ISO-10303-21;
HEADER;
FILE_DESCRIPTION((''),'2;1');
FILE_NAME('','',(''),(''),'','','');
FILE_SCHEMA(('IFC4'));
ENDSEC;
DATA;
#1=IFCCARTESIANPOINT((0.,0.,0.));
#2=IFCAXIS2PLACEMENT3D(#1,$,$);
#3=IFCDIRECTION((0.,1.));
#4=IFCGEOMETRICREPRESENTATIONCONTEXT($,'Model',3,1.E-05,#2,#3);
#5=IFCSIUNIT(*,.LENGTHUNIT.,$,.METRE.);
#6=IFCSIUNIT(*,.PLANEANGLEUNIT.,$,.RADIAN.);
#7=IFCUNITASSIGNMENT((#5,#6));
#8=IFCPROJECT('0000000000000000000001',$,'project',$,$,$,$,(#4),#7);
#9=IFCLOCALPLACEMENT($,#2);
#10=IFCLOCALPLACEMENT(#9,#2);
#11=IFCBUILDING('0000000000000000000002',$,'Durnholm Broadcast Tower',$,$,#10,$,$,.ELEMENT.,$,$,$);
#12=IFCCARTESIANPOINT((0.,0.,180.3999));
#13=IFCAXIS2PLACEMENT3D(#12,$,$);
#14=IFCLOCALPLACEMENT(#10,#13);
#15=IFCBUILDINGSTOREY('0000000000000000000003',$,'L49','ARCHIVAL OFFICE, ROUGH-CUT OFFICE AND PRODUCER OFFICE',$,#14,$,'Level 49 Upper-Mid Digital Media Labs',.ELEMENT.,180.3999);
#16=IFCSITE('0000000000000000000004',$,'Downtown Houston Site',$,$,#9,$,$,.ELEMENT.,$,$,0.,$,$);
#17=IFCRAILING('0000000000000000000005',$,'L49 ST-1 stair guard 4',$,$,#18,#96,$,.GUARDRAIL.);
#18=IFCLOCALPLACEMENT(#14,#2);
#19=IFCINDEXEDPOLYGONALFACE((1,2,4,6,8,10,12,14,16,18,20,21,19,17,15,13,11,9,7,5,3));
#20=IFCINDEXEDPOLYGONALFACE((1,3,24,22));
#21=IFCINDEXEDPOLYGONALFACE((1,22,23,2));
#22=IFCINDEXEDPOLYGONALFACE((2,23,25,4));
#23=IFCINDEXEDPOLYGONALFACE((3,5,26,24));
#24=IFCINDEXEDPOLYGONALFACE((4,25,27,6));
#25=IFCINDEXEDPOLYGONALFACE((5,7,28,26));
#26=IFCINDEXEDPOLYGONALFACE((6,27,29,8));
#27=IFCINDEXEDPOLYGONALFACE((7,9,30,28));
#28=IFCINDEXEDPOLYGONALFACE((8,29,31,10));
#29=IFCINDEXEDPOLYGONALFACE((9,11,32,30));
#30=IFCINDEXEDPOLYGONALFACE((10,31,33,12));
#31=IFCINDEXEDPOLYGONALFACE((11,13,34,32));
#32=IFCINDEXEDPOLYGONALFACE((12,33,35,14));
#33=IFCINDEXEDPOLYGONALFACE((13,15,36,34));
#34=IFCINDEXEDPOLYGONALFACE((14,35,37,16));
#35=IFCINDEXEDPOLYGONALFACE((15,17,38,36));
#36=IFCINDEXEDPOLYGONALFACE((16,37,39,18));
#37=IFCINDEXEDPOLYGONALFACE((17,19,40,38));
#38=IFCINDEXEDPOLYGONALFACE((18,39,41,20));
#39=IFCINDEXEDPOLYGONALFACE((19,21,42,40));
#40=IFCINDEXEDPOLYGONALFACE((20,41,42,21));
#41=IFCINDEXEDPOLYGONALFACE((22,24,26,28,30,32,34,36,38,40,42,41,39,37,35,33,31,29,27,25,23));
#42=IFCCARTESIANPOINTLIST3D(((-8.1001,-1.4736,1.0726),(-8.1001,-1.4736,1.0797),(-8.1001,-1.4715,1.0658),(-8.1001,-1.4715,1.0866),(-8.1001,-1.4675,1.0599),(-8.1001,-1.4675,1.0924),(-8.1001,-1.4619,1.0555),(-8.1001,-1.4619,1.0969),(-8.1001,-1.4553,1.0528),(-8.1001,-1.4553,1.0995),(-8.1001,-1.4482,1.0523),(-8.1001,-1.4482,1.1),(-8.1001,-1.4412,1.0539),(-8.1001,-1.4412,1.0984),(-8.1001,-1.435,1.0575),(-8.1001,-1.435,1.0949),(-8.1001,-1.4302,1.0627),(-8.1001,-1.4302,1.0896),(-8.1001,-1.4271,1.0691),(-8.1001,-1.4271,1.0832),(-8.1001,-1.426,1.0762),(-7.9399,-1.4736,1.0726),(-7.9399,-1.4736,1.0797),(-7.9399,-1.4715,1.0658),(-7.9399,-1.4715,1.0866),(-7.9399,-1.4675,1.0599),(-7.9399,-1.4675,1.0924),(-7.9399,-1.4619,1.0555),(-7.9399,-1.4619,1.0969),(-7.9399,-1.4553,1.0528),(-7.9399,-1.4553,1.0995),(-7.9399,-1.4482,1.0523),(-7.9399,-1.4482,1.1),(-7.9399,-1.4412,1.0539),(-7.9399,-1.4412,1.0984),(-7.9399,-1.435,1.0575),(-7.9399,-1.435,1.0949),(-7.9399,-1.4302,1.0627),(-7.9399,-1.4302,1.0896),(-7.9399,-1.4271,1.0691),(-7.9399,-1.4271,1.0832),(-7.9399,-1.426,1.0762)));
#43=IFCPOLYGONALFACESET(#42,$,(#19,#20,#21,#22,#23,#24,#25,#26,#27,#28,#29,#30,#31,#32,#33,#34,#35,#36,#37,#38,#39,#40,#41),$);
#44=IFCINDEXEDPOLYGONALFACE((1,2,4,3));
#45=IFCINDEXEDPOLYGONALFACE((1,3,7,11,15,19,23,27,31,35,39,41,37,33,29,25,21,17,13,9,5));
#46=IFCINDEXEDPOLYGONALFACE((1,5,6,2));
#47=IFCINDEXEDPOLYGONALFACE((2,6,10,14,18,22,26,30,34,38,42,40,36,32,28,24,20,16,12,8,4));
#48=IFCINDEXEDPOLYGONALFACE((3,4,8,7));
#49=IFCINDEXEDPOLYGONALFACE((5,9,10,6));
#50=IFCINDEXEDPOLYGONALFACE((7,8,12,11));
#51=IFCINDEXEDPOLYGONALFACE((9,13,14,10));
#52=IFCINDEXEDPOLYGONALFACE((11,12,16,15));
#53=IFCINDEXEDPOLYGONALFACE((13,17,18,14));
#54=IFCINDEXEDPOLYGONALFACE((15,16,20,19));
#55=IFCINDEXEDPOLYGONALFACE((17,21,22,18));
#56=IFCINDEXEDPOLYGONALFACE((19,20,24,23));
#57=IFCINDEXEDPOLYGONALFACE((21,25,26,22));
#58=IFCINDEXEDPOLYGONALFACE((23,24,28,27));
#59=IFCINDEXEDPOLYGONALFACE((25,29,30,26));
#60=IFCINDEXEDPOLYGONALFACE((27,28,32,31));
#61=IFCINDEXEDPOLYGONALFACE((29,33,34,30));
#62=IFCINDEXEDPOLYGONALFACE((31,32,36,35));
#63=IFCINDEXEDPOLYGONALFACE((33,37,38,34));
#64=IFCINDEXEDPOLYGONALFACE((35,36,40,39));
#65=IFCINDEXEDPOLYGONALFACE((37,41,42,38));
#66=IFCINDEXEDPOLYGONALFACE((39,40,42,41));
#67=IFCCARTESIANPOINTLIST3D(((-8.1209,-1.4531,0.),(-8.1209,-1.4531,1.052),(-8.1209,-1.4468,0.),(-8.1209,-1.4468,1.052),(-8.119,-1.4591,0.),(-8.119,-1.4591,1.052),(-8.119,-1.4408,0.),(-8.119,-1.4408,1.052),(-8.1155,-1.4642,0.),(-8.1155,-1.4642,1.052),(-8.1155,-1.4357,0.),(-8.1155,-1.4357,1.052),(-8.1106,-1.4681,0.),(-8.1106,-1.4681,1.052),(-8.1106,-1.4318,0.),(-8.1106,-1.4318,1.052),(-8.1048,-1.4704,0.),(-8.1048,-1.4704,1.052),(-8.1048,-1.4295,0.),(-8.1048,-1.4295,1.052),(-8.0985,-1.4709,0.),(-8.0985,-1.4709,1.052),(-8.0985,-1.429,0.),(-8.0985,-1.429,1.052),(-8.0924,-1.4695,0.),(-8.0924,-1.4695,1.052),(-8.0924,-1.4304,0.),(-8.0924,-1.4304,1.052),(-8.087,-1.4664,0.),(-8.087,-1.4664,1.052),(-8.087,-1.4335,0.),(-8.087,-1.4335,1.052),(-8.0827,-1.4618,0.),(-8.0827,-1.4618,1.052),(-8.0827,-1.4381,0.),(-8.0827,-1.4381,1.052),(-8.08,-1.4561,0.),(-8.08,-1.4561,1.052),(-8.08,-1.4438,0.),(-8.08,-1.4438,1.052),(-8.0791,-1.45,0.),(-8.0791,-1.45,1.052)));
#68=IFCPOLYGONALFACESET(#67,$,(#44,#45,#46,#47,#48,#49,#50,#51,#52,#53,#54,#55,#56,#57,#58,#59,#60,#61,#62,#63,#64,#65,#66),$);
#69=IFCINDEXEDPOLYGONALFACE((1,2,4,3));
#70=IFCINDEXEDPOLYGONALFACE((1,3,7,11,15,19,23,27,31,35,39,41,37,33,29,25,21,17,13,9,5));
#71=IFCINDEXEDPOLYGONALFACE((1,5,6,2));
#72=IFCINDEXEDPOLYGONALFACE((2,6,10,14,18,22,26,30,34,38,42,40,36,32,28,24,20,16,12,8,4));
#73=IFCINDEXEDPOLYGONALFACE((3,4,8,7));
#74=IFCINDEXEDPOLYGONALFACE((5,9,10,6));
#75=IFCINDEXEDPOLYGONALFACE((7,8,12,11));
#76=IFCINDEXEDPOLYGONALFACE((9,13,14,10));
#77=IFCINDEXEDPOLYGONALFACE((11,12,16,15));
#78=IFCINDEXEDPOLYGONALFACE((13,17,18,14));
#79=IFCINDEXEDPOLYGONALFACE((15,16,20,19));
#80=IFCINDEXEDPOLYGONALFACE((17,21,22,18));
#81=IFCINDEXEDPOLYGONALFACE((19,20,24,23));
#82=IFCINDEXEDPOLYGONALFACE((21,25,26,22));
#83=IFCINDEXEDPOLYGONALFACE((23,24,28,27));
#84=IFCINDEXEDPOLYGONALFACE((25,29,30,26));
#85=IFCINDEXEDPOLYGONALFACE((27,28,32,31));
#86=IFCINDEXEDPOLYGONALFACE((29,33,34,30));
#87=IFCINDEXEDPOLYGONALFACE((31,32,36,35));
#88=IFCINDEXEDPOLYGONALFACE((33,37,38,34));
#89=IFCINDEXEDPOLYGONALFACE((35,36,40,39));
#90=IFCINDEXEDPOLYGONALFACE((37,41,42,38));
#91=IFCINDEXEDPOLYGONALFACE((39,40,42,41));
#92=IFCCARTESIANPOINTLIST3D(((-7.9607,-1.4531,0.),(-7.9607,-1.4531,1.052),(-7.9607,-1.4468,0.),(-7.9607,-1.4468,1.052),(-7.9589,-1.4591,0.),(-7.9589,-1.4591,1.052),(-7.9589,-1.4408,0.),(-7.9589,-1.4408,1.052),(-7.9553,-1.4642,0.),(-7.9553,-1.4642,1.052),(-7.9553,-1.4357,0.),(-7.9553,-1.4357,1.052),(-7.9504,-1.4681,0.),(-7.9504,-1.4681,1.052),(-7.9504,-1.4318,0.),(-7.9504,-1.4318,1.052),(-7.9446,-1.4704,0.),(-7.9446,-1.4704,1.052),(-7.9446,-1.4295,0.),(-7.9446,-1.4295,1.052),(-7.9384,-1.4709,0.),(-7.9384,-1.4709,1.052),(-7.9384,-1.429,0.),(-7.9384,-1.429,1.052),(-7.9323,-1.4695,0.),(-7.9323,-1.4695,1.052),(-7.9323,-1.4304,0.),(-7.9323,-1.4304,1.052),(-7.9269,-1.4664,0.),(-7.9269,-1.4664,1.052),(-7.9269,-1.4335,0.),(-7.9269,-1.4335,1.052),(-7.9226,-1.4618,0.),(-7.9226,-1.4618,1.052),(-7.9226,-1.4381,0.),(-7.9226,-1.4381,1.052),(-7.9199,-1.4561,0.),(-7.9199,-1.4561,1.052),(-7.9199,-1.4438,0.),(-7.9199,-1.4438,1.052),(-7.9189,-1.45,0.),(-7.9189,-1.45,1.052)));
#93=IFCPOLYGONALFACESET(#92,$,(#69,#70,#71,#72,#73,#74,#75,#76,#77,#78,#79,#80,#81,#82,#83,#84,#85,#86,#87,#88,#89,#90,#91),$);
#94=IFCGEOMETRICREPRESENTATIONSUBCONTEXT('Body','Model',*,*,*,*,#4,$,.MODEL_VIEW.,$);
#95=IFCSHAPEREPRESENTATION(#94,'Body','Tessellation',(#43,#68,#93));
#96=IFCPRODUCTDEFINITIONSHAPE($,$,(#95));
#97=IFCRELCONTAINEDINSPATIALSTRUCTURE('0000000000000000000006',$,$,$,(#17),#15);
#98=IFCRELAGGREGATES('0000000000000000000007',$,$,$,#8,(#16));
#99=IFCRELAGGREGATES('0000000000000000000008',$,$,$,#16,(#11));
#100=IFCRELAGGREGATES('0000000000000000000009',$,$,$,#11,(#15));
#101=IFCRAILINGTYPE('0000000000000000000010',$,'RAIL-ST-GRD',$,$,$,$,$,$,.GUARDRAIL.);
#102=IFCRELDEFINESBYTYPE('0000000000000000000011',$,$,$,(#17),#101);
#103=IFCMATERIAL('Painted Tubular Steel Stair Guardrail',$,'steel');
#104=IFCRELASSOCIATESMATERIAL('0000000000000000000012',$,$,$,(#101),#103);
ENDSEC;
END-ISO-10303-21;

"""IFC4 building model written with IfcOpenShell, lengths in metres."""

from ifc_helpers import new_model, si_unit, direction, frame, origin, origin_2d, place, context, subcontext, project, spatial, circle, extrude, material, type_object, element, save


model = new_model("IFC4")

# Units and contexts
model_context = context("Model", 3, precision=1e-05, world=origin(), true_north=direction((0.0, 1.0)))
body_context = subcontext(model_context, "Body", "Model", "MODEL_VIEW")
ifc_project = project(units=[si_unit("LENGTHUNIT", "METRE"), si_unit("PLANEANGLEUNIT", "RADIAN")], contexts=[model_context])

# Site, building, storey
site_placement = place(None, origin())
site = spatial("IfcSite", under=ifc_project, at=site_placement, Name="Downtown Houston Site", CompositionType="ELEMENT", RefElevation=0.0)
building_placement = place(site_placement, origin())
building = spatial("IfcBuilding", under=site, at=building_placement, Name="Durnholm Broadcast Tower", CompositionType="ELEMENT")
storey_placement = place(building_placement, frame((0.0, 0.0, 180.3999)))
storey = spatial("IfcBuildingStorey", under=building, at=storey_placement, Name="L49", Description="ARCHIVAL OFFICE, ROUGH-CUT OFFICE AND PRODUCER OFFICE", LongName="Level 49 Upper-Mid Digital Media Labs", CompositionType="ELEMENT", Elevation=180.3999)

# Railing
ifc_material_1 = material(Name="Painted Tubular Steel Stair Guardrail", Category="steel")
railing_type_1 = type_object("IfcRailingType", Name="RAIL-ST-GRD", PredefinedType="GUARDRAIL", material=ifc_material_1)
railing_1_placement = place(storey_placement, frame((-8.1001, -1.45, 0.0)))
element("IfcRailing", 1, at=railing_1_placement, inside=storey, type_object=railing_type_1, Name="L49 ST-1 stair guard 4", PredefinedType="GUARDRAIL", context=body_context, shape_type="SweptSolid", body=[
    extrude(circle(Radius=0.0239, at=origin_2d()), frame((0.0, 0.0, 1.0762), z_axis=(1.0, 0.0, 0.0), x_axis=(0.0, 1.0, 0.0)), (0.0, 0.0, 1.0), 0.1602),
    extrude(circle(Radius=0.021, at=origin_2d()), origin(), (0.0, 0.0, 1.0), 1.052),
    extrude(circle(Radius=0.021, at=origin_2d()), frame((0.1602, 0.0, 0.0)), (0.0, 0.0, 1.0), 1.052),
])

save(model, "model.ifc")
